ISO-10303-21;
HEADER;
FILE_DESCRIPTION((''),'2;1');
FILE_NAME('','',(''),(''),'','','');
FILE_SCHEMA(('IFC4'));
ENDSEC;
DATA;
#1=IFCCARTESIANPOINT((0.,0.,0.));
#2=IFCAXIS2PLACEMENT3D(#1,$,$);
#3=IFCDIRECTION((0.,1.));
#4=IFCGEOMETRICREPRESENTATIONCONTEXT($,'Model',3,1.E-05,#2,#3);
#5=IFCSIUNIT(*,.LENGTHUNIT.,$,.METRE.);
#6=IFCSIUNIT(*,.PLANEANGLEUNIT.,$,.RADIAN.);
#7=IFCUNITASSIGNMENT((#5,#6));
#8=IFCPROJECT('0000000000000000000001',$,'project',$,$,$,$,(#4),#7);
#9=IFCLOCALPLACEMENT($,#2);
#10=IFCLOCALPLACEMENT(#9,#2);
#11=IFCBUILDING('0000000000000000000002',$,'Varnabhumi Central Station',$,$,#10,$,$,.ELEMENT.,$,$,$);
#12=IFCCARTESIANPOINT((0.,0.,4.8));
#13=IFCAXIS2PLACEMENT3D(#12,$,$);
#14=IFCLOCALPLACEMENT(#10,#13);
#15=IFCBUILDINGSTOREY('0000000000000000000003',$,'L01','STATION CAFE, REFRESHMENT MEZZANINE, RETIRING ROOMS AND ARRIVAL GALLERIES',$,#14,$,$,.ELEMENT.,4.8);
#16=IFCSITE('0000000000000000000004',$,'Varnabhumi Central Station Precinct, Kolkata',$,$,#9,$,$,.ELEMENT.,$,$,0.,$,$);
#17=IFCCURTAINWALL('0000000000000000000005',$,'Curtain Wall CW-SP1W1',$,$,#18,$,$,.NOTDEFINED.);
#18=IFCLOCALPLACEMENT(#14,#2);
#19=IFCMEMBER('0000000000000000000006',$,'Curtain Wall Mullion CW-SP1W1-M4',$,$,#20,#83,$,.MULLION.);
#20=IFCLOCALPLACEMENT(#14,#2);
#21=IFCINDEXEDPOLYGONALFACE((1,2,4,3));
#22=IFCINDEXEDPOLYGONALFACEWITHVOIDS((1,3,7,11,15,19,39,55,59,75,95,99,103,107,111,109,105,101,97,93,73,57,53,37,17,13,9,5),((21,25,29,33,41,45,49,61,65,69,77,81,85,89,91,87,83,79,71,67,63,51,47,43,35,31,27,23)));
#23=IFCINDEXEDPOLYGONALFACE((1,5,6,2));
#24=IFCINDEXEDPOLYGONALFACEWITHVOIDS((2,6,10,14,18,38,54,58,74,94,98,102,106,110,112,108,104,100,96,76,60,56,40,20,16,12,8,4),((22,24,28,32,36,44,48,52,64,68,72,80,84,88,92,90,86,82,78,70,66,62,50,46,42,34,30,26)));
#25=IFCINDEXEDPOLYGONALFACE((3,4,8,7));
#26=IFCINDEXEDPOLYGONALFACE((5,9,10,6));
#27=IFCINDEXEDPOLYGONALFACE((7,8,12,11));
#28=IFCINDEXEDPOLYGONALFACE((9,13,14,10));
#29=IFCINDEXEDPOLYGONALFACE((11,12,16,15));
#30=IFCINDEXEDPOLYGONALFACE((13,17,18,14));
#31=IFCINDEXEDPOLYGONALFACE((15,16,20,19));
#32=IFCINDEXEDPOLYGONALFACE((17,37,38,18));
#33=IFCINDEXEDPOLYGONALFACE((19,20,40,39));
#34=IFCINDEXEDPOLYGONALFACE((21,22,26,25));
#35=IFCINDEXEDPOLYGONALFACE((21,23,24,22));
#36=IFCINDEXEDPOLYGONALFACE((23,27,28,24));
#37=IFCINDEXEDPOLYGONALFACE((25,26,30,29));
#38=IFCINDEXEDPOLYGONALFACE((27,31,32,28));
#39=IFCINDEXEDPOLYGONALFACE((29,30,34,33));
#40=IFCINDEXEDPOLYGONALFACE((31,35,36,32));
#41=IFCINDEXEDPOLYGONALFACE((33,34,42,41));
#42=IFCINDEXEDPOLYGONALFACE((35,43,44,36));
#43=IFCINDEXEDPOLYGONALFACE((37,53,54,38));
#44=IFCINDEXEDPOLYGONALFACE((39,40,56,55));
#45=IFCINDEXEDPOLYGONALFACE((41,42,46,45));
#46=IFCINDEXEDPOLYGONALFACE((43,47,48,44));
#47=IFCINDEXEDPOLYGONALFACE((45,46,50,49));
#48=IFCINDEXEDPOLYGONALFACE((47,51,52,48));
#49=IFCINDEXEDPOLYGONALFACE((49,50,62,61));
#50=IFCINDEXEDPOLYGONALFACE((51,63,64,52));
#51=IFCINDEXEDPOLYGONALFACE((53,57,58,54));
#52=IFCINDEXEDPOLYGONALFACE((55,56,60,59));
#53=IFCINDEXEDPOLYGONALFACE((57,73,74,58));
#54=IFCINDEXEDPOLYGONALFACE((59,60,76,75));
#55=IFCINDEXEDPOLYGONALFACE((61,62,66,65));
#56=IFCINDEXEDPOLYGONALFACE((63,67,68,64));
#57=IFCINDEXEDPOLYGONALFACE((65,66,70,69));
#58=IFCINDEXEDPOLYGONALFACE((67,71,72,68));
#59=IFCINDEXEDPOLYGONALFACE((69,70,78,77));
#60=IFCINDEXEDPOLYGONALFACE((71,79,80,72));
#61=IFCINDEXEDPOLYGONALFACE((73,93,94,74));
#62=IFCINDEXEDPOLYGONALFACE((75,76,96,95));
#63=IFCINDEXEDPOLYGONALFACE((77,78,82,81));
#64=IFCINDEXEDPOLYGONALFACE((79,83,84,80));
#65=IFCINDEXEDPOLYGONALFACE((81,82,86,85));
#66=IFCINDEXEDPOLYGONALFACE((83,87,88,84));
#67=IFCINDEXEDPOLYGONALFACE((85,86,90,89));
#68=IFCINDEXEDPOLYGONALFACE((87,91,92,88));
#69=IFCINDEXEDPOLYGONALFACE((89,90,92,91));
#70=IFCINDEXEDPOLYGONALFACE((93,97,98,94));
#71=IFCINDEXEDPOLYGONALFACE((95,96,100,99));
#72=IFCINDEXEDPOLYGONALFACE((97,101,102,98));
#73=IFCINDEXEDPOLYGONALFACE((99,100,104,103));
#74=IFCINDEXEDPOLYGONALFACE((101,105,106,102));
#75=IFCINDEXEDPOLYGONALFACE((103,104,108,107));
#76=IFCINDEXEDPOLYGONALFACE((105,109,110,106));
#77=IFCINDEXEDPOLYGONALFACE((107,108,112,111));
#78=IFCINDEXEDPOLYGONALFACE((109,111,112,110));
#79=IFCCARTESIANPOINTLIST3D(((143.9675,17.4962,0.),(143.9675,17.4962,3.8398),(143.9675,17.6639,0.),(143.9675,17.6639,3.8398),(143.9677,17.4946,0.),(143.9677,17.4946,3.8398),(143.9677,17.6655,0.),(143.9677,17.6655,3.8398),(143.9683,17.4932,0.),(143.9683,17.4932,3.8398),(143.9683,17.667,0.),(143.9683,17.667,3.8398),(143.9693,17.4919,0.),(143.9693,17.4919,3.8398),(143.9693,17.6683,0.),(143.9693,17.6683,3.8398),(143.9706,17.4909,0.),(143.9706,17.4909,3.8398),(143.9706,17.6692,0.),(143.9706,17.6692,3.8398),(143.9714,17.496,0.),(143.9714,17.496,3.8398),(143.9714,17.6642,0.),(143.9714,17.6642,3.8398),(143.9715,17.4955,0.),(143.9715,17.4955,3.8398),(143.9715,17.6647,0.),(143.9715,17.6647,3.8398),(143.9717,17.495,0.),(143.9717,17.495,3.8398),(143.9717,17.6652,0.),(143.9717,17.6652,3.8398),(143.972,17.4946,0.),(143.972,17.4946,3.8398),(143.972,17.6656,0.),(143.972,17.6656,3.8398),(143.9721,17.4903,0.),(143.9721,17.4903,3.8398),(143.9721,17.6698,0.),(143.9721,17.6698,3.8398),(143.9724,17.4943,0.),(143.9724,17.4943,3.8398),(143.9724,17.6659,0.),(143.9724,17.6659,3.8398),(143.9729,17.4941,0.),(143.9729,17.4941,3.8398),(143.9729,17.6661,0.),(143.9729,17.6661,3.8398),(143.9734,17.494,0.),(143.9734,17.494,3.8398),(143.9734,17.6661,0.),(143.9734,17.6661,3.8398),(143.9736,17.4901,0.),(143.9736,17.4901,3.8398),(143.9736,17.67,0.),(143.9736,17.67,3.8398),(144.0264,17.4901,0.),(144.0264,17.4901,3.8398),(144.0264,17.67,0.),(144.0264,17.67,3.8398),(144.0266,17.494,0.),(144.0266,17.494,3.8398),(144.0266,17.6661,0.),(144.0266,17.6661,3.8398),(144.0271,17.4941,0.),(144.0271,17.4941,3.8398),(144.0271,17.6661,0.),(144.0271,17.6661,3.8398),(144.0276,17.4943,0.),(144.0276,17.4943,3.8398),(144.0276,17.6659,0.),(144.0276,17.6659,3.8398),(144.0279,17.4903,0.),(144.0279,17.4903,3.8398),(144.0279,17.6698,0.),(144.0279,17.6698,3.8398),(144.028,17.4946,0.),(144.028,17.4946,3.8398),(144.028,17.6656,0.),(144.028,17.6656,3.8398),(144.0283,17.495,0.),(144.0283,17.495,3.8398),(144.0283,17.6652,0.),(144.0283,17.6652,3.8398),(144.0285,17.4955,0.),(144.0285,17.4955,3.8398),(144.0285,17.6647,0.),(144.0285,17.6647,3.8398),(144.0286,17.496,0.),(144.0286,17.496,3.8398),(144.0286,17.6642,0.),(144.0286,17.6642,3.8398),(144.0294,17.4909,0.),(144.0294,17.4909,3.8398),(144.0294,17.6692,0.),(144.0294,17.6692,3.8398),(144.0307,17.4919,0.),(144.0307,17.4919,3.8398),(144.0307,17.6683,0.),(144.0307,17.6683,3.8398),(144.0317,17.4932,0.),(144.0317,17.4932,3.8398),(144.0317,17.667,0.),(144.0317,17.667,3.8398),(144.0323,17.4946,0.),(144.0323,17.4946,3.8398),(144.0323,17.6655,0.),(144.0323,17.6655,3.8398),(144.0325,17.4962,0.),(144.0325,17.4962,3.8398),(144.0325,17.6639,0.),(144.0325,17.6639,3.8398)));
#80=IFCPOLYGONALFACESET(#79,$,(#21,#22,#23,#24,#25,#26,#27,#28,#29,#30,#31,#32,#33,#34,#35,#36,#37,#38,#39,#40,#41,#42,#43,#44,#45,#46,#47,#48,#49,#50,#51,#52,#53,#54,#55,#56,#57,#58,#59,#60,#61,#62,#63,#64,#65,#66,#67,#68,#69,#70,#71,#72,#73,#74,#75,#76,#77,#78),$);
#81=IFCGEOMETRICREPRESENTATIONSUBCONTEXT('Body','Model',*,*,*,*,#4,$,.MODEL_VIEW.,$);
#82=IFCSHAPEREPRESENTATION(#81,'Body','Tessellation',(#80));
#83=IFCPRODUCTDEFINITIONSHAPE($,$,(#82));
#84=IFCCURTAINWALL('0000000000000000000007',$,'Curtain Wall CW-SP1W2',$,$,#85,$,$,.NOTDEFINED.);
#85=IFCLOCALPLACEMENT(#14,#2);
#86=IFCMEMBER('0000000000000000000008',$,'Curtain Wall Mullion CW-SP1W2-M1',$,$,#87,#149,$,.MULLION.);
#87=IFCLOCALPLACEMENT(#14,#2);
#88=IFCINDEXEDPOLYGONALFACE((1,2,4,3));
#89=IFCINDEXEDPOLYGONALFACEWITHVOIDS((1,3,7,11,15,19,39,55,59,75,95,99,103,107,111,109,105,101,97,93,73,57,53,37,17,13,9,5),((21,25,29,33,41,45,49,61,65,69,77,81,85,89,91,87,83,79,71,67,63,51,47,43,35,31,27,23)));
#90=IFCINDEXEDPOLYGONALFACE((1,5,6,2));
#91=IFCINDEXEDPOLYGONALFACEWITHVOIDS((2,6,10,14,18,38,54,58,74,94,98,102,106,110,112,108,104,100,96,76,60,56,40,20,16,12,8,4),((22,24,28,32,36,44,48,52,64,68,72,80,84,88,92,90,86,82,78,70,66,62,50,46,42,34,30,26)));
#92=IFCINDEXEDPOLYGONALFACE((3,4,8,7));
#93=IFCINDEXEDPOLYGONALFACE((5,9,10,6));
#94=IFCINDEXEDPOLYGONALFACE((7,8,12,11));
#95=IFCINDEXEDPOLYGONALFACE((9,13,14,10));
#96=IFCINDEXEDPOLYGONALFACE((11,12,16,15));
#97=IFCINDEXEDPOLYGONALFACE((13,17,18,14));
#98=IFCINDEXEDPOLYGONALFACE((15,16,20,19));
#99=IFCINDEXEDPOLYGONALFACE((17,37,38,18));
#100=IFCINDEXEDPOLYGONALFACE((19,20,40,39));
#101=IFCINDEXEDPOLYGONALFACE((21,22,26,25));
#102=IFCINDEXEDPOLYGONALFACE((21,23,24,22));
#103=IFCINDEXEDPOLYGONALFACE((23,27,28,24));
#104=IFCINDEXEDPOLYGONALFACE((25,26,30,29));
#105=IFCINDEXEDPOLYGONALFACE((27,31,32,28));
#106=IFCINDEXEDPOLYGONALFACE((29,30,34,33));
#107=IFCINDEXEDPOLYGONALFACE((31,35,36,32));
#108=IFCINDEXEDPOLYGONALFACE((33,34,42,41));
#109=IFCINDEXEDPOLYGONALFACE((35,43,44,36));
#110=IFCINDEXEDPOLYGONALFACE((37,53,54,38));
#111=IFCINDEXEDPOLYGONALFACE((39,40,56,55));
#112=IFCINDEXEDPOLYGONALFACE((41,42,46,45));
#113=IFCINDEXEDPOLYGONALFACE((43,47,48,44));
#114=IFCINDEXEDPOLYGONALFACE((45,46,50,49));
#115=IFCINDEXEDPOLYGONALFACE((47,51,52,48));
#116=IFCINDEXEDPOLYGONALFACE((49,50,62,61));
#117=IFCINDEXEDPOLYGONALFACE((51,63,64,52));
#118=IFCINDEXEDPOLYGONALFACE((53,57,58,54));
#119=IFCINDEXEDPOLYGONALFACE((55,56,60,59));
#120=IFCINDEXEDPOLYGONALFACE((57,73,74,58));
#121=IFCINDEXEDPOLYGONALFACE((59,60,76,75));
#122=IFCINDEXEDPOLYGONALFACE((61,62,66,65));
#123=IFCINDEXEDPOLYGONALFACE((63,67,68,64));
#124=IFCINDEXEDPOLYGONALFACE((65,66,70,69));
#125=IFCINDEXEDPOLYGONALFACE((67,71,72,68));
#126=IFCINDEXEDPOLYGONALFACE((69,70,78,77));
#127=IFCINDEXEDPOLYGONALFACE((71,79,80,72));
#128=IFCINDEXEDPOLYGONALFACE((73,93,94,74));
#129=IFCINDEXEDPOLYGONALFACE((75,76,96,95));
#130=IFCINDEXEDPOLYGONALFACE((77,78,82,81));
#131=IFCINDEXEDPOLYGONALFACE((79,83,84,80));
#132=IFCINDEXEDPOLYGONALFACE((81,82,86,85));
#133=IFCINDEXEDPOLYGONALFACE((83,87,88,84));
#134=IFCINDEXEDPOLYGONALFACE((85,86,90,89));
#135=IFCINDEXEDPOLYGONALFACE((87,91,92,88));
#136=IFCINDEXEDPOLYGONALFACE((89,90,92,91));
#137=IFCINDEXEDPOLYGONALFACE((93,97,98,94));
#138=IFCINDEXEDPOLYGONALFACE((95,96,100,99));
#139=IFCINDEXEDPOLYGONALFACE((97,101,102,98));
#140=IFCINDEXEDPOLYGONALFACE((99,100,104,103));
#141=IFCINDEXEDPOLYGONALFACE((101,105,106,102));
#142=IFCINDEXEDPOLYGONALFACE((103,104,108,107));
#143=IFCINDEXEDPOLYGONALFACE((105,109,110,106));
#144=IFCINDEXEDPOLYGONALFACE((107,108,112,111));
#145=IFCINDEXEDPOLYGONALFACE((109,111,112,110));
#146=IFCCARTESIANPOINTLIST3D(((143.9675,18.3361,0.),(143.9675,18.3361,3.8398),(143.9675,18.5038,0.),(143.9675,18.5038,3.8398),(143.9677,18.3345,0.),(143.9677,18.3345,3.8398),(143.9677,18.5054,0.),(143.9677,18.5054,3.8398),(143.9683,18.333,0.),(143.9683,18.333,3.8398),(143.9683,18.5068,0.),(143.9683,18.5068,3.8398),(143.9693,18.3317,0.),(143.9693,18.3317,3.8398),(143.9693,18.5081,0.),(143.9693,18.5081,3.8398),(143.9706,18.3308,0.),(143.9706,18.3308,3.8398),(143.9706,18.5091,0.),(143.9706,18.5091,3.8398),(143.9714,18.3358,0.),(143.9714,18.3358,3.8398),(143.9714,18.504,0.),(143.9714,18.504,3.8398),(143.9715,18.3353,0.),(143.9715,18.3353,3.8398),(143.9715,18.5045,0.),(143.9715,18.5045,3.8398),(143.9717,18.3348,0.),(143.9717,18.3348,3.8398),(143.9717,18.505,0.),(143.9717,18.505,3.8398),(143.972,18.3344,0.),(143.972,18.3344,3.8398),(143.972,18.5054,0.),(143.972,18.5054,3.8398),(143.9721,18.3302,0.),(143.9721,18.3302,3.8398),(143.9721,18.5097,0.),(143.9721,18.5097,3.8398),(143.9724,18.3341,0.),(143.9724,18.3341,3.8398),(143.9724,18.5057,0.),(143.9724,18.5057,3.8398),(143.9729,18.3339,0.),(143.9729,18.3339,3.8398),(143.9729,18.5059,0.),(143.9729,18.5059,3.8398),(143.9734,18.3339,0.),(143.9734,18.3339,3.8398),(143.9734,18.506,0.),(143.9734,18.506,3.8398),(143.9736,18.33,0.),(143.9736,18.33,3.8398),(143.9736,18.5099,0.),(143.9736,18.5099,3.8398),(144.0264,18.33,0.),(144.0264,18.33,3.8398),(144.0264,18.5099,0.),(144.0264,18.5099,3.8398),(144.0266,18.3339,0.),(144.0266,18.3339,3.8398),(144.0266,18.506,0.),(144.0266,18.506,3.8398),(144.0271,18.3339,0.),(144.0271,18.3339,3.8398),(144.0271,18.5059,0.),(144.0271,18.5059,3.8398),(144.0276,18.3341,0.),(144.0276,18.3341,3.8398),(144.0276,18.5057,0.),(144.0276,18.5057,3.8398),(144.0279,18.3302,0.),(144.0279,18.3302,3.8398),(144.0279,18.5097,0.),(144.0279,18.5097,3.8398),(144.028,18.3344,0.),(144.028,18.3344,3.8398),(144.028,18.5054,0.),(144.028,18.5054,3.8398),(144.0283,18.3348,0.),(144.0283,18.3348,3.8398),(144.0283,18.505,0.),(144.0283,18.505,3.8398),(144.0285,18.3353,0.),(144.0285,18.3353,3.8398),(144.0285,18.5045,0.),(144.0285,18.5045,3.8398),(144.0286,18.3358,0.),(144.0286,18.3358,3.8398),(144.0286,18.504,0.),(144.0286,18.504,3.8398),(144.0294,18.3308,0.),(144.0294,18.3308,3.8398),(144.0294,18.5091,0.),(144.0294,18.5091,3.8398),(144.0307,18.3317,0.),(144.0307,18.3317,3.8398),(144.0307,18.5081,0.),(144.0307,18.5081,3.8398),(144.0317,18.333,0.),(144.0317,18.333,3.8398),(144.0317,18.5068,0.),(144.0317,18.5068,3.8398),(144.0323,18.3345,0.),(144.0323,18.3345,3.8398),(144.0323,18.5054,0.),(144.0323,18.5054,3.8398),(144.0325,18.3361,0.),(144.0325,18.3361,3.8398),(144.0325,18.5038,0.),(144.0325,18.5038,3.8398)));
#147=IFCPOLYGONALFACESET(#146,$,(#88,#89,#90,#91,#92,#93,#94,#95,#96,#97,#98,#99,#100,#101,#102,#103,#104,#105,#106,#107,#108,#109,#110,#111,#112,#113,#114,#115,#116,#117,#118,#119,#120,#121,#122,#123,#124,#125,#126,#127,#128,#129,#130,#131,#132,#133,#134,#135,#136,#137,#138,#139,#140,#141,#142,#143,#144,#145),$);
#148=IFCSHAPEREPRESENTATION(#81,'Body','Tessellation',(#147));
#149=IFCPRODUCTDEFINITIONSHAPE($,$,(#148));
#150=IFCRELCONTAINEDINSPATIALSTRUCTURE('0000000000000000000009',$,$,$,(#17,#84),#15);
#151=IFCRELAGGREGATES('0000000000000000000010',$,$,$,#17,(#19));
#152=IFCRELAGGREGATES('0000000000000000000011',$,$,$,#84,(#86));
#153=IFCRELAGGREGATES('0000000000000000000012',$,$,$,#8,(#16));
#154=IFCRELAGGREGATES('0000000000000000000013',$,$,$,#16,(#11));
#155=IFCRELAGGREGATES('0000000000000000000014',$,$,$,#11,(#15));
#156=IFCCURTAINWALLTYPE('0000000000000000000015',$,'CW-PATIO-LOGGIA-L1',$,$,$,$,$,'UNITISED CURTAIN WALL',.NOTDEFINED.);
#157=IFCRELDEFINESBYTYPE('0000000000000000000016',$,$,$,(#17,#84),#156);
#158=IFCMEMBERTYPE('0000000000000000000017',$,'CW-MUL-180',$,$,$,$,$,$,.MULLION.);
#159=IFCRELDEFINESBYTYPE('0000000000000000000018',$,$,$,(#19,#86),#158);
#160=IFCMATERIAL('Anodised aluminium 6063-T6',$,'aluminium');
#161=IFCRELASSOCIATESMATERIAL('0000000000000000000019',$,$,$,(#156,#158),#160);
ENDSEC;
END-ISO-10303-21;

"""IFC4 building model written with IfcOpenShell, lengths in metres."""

from ifc_helpers import new_model, si_unit, direction, frame, origin, origin_2d, place, context, subcontext, project, spatial, hollow_rectangle, extrude, material, material_profile, profile_set, type_object, element, aggregate, save


model = new_model("IFC4")

# Units and contexts
model_context = context("Model", 3, precision=1e-05, world=origin(), true_north=direction((0.0, 1.0)))
body_context = subcontext(model_context, "Body", "Model", "MODEL_VIEW")
ifc_project = project(units=[si_unit("LENGTHUNIT", "METRE"), si_unit("PLANEANGLEUNIT", "RADIAN")], contexts=[model_context])

# Site, building, storey
site_placement = place(None, origin())
site = spatial("IfcSite", under=ifc_project, at=site_placement, Name="Varnabhumi Central Station Precinct, Kolkata", CompositionType="ELEMENT", RefElevation=0.0)
building_placement = place(site_placement, origin())
building = spatial("IfcBuilding", under=site, at=building_placement, Name="Varnabhumi Central Station", CompositionType="ELEMENT")
storey_placement = place(building_placement, frame((0.0, 0.0, 4.8)))
storey = spatial("IfcBuildingStorey", under=building, at=storey_placement, Name="L01", Description="STATION CAFE, REFRESHMENT MEZZANINE, RETIRING ROOMS AND ARRIVAL GALLERIES", CompositionType="ELEMENT", Elevation=4.8)

# Curtain walls, members
ifc_material_1 = material(Name="Anodised aluminium 6063-T6", Category="aluminium")
curtain_wall_type = type_object("IfcCurtainWallType", Name="CW-PATIO-LOGGIA-L1", ElementType="UNITISED CURTAIN WALL", PredefinedType="NOTDEFINED", material=ifc_material_1)
curtain_wall_1_placement = place(storey_placement, origin())
curtain_wall_1 = element("IfcCurtainWall", 1, at=curtain_wall_1_placement, inside=storey, type_object=curtain_wall_type, Name="Curtain Wall CW-SP1W1", PredefinedType="NOTDEFINED")
ifc_material_profile_1 = material_profile(ifc_material_1, hollow_rectangle(XDim=0.0649, YDim=0.1799, WallThickness=0.0039, InnerFilletRadius=0.002, OuterFilletRadius=0.0061, at=origin_2d()), Name="Anodised aluminium 6063-T6", Category="aluminium")
ifc_profile_set_1 = profile_set([ifc_material_profile_1], Name="Anodised aluminium 6063-T6")
member_type_1 = type_object("IfcMemberType", Name="CW-MUL-180", PredefinedType="MULLION", material=ifc_profile_set_1)
member_1_placement = place(storey_placement, frame((144.0, 17.5801, 0.0), z_axis=(0.0, 0.0, 1.0), x_axis=(1.0, 0.0, 0.0)))
member_1 = element("IfcMember", 2, at=member_1_placement, type_object=member_type_1, Name="Curtain Wall Mullion CW-SP1W1-M4", PredefinedType="MULLION", context=body_context, shape_type="SweptSolid", body=[
    extrude(hollow_rectangle(XDim=0.0649, YDim=0.1799, WallThickness=0.0039, InnerFilletRadius=0.002, OuterFilletRadius=0.0061, at=origin_2d()), origin(), (0.0, 0.0, 1.0), 3.8398),
])
curtain_wall_2_placement = place(storey_placement, origin())
curtain_wall_2 = element("IfcCurtainWall", 3, at=curtain_wall_2_placement, inside=storey, type_object=curtain_wall_type, Name="Curtain Wall CW-SP1W2", PredefinedType="NOTDEFINED")
member_2_placement = place(storey_placement, frame((144.0, 18.4199, 0.0), z_axis=(0.0, 0.0, 1.0), x_axis=(1.0, 0.0, 0.0)))
member_2 = element("IfcMember", 4, at=member_2_placement, type_object=member_type_1, Name="Curtain Wall Mullion CW-SP1W2-M1", PredefinedType="MULLION", context=body_context, shape_type="SweptSolid", body=[
    extrude(hollow_rectangle(XDim=0.0649, YDim=0.1799, WallThickness=0.0039, InnerFilletRadius=0.002, OuterFilletRadius=0.0061, at=origin_2d()), origin(), (0.0, 0.0, 1.0), 3.8398),
])

aggregate(curtain_wall_1, [member_1])
aggregate(curtain_wall_2, [member_2])

save(model, "model.ifc")
